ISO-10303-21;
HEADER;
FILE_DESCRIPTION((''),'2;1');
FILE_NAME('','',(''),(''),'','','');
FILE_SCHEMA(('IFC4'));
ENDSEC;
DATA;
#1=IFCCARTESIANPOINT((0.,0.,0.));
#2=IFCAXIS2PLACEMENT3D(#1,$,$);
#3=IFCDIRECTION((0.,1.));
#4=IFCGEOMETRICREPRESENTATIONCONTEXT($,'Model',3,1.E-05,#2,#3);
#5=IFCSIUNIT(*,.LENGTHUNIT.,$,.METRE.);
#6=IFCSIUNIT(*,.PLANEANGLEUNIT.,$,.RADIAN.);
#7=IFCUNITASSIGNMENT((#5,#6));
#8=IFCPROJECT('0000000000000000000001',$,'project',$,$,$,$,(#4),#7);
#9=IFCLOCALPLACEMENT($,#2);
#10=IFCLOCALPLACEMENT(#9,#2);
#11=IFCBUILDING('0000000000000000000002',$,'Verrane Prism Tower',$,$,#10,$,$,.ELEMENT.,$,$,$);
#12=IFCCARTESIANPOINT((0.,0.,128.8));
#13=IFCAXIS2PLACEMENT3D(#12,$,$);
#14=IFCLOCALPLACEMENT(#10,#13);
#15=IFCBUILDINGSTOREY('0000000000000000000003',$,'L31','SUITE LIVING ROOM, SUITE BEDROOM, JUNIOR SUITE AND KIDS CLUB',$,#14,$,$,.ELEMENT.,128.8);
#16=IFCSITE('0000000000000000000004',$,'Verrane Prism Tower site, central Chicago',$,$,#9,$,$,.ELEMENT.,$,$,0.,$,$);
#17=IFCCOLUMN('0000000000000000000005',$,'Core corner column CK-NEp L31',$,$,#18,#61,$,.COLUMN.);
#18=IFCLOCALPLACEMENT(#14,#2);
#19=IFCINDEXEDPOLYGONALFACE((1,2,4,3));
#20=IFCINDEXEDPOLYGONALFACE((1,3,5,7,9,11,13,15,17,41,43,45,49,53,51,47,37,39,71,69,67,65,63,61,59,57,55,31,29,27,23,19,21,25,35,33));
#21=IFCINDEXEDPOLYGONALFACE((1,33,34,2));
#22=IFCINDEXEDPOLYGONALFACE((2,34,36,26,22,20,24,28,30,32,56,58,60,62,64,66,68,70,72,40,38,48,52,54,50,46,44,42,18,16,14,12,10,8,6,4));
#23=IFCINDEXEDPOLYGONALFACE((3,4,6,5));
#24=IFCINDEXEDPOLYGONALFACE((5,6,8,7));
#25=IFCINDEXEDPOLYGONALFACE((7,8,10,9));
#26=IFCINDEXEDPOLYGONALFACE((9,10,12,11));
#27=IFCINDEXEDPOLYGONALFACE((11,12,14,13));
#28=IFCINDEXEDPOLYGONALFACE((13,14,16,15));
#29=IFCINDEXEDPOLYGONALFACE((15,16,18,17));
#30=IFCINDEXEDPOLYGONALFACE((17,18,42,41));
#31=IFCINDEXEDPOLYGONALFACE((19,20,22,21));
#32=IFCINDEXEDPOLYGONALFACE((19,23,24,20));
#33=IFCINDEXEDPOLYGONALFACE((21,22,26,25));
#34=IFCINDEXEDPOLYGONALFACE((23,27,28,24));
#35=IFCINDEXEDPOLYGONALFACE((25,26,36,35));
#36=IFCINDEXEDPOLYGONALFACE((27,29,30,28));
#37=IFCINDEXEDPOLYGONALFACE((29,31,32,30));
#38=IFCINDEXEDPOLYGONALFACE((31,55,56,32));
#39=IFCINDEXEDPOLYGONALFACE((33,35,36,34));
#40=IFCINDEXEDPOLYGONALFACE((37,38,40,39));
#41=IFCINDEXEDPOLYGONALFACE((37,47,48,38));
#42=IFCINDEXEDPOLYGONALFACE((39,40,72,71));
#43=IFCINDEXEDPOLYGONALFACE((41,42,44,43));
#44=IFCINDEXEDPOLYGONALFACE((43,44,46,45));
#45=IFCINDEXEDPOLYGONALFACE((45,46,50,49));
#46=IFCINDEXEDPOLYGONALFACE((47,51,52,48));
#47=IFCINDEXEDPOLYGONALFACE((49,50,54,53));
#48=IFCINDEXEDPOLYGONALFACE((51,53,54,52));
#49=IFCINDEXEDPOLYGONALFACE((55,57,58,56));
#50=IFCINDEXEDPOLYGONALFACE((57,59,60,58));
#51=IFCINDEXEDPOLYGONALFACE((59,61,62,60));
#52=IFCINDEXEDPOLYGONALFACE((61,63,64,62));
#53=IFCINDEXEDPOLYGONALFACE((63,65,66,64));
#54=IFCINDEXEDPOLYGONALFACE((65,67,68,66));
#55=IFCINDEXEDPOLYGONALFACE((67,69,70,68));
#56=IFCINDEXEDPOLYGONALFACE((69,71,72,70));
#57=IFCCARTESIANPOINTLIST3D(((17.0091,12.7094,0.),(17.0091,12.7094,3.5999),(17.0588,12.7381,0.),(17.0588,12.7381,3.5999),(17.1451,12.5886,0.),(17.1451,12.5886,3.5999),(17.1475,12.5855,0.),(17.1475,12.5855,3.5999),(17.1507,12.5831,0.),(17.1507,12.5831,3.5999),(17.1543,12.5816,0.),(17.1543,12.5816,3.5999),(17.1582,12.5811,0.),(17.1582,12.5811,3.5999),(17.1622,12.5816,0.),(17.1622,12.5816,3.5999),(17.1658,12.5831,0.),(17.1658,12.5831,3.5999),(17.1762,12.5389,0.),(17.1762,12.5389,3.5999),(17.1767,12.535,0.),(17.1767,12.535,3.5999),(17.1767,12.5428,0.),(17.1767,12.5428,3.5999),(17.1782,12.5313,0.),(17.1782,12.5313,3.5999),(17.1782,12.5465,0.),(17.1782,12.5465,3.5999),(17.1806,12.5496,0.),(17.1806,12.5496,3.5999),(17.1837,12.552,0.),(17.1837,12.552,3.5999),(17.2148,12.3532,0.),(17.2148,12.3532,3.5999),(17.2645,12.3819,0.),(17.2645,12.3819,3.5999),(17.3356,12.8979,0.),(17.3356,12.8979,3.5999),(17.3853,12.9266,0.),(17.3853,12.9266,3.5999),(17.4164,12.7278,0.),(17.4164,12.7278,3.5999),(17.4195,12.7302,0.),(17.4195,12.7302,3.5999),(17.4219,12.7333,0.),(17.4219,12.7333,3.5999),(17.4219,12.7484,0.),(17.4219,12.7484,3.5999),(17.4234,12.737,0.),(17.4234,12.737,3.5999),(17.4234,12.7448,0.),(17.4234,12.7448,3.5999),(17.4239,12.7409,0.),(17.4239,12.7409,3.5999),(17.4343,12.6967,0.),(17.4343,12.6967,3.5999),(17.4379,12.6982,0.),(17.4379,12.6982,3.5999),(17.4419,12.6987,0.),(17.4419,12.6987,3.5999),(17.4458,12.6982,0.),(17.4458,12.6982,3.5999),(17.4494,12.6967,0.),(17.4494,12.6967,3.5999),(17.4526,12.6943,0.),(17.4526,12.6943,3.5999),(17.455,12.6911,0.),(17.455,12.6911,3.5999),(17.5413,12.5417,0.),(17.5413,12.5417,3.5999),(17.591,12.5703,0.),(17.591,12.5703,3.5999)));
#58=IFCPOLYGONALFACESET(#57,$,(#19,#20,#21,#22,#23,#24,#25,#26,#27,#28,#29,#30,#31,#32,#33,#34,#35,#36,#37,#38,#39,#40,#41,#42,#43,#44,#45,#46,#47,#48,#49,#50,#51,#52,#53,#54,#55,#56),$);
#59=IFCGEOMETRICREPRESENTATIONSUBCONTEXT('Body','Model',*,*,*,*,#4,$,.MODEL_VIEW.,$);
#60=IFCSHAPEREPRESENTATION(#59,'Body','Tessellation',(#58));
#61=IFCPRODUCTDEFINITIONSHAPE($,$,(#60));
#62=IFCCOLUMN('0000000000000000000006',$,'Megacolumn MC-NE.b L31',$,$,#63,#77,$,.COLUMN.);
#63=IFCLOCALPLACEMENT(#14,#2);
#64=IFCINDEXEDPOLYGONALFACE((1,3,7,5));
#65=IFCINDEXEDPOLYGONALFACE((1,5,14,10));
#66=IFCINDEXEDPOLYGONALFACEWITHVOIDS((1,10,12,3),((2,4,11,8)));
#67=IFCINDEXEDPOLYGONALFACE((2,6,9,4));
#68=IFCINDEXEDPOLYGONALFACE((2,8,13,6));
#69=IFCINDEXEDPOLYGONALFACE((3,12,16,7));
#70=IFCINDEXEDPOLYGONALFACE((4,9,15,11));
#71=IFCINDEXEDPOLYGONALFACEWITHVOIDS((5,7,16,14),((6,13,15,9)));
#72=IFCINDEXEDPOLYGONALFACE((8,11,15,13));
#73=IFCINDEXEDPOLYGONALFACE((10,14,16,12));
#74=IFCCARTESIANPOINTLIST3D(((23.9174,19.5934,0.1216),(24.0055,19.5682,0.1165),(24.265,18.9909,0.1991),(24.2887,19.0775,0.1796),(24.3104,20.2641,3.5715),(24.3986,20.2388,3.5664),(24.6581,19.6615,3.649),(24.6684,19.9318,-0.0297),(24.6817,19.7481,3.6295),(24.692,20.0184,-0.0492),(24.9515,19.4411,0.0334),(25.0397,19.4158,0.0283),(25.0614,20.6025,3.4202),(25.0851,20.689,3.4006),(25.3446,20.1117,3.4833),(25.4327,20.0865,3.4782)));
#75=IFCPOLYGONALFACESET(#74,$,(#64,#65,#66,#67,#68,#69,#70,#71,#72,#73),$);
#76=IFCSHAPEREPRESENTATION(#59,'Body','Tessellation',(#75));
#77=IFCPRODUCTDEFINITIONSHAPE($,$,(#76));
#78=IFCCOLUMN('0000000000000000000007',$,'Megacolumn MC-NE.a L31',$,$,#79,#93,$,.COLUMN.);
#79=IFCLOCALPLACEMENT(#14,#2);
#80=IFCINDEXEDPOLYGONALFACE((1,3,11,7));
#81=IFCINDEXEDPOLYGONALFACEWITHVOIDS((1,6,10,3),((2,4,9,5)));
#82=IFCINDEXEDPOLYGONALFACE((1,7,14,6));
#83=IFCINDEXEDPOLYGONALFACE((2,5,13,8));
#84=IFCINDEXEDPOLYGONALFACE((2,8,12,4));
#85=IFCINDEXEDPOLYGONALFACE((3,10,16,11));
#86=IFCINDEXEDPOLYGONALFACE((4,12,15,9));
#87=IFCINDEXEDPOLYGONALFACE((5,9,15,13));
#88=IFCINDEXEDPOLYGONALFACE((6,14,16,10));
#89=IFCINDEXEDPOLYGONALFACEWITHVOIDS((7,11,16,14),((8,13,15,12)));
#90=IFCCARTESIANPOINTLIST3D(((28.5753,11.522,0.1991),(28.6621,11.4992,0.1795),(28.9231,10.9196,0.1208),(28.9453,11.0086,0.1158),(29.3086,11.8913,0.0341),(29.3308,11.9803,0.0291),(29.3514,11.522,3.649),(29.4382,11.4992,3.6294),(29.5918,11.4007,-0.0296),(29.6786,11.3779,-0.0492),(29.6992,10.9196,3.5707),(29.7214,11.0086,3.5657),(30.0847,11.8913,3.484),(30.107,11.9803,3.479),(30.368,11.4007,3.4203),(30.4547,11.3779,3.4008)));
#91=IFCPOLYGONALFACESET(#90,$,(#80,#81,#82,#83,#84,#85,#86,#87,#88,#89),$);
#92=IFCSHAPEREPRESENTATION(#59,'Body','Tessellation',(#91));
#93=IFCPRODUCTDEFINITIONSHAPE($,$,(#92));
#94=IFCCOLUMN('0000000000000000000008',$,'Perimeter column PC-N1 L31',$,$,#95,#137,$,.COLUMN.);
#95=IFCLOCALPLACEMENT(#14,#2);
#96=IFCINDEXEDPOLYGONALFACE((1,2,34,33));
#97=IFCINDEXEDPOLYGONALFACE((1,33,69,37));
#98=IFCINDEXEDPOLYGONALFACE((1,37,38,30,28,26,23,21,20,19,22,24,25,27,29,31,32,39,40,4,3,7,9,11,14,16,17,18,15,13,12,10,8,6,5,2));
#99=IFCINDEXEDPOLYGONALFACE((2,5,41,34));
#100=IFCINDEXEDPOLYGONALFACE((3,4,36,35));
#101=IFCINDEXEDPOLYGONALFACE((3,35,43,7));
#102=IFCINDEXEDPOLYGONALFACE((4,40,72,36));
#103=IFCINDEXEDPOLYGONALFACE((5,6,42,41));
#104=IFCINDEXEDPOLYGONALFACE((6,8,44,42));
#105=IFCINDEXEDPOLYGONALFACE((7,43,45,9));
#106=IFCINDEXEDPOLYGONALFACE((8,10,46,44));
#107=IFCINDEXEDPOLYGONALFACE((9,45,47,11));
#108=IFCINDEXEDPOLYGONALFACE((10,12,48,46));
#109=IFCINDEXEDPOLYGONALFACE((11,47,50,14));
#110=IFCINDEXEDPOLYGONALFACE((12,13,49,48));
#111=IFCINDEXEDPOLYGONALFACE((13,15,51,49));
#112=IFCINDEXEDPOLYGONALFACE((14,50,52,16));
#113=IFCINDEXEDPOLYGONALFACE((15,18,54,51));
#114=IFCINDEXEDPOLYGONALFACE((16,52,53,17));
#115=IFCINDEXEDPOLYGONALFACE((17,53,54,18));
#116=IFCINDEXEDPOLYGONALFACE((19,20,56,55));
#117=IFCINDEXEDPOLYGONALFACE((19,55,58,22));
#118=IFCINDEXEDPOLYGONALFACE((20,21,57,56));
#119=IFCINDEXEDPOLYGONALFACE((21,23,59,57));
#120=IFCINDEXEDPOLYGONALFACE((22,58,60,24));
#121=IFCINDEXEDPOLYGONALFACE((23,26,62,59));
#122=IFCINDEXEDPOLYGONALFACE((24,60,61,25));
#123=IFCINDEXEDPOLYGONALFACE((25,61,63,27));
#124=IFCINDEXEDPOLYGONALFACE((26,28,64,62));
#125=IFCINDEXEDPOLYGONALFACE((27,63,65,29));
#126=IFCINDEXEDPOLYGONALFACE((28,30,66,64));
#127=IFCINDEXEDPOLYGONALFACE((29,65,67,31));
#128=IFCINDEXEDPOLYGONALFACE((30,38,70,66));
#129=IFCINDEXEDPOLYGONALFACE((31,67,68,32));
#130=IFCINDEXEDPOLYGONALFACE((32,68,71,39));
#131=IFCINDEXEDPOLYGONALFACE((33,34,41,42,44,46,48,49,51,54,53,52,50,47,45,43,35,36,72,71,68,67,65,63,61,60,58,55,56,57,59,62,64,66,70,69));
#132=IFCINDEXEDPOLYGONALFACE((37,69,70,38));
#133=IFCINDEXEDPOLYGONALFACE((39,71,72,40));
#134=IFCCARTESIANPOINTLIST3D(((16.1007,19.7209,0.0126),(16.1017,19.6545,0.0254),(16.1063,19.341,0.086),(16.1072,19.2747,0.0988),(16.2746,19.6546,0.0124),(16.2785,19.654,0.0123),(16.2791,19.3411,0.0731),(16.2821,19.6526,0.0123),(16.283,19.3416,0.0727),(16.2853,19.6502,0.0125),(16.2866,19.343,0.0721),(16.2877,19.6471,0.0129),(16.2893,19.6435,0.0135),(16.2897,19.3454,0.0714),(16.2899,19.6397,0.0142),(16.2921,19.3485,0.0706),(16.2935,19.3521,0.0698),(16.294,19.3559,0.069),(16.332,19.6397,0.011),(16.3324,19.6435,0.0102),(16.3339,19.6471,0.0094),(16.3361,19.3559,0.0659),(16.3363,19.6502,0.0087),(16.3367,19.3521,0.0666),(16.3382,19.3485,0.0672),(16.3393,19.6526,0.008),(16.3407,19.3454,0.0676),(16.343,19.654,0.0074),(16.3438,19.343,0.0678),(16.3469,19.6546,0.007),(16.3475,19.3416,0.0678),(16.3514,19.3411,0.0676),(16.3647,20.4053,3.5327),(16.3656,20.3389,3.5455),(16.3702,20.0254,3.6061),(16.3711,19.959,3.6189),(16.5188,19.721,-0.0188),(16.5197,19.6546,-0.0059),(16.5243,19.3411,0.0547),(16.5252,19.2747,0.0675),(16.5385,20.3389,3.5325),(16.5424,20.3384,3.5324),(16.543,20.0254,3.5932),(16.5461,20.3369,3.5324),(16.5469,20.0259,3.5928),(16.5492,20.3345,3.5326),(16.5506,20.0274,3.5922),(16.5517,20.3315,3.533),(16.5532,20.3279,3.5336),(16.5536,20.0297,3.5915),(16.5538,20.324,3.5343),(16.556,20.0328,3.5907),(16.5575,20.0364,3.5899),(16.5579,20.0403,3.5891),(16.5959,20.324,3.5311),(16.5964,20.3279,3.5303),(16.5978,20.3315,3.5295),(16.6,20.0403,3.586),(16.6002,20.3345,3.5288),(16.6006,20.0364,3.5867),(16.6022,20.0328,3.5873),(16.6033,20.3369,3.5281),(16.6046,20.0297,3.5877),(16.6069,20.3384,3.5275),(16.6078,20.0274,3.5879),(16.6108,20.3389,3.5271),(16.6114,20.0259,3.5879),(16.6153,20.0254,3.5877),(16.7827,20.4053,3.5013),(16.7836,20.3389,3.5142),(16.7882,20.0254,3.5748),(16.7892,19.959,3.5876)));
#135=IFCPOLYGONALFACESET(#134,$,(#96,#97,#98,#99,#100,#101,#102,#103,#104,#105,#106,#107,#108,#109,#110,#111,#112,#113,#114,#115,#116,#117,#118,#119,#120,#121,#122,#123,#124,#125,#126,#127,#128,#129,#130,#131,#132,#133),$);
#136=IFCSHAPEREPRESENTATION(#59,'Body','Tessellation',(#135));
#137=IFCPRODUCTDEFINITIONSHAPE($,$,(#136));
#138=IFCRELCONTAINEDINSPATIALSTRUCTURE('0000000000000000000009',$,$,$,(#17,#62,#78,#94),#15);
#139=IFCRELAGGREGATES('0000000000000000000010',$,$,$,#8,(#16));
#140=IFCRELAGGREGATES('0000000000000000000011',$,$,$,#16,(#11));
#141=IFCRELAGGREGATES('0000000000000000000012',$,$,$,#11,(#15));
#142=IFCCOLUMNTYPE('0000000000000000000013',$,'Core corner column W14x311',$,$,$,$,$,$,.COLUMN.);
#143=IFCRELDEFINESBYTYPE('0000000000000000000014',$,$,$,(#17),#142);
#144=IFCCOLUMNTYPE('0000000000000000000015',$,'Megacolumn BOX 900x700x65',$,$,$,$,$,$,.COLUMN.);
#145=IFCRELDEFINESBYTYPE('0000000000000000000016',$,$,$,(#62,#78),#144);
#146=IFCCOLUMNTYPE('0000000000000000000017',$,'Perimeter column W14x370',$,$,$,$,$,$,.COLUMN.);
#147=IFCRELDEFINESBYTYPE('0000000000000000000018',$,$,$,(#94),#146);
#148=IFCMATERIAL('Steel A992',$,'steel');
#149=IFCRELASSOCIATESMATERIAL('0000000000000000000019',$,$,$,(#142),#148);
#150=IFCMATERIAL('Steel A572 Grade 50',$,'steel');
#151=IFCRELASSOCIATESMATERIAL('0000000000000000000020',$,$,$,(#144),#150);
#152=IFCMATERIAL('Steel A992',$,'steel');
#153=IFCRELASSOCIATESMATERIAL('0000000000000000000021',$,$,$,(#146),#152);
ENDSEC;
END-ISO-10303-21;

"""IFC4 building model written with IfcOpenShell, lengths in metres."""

from ifc_helpers import new_model, si_unit, direction, frame, origin, origin_2d, place, context, subcontext, project, spatial, hollow_rectangle, i_section, extrude, material, material_profile, profile_set, type_object, element, save


model = new_model("IFC4")

# Units and contexts
model_context = context("Model", 3, precision=1e-05, world=origin(), true_north=direction((0.0, 1.0)))
body_context = subcontext(model_context, "Body", "Model", "MODEL_VIEW")
ifc_project = project(units=[si_unit("LENGTHUNIT", "METRE"), si_unit("PLANEANGLEUNIT", "RADIAN")], contexts=[model_context])

# Site, building, storey
site_placement = place(None, origin())
site = spatial("IfcSite", under=ifc_project, at=site_placement, Name="Verrane Prism Tower site, central Chicago", CompositionType="ELEMENT", RefElevation=0.0)
building_placement = place(site_placement, origin())
building = spatial("IfcBuilding", under=site, at=building_placement, Name="Verrane Prism Tower", CompositionType="ELEMENT")
storey_placement = place(building_placement, frame((0.0, 0.0, 128.8)))
storey = spatial("IfcBuildingStorey", under=building, at=storey_placement, Name="L31", Description="SUITE LIVING ROOM, SUITE BEDROOM, JUNIOR SUITE AND KIDS CLUB", CompositionType="ELEMENT", Elevation=128.8)

# Columns
ifc_material_1 = material(Name="Steel A992", Category="steel")
ifc_material_profile_1 = material_profile(ifc_material_1, i_section(OverallWidth=0.4114, OverallDepth=0.4343, WebThickness=0.0359, FlangeThickness=0.0574, FilletRadius=0.0151, at=origin_2d()), Name="W14x311")
ifc_profile_set_1 = profile_set([ifc_material_profile_1], Name="Steel A992")
column_type_1 = type_object("IfcColumnType", Name="Core corner column W14x311", PredefinedType="COLUMN", material=ifc_profile_set_1)
column_1_placement = place(storey_placement, frame((17.3, 12.6399, 0.0), z_axis=(0.0, 0.0, 1.0), x_axis=(0.5, -0.866025, 0.0)))
element("IfcColumn", 1, at=column_1_placement, inside=storey, type_object=column_type_1, Name="Core corner column CK-NEp L31", PredefinedType="COLUMN", context=body_context, shape_type="SweptSolid", body=[
    extrude(i_section(OverallWidth=0.4114, OverallDepth=0.4343, WebThickness=0.0359, FlangeThickness=0.0574, FilletRadius=0.0151, at=origin_2d()), origin(), (0.0, 0.0, 1.0), 3.5999),
])
ifc_material_2 = material(Name="Steel A572 Grade 50", Category="steel")
ifc_material_profile_2 = material_profile(ifc_material_2, hollow_rectangle(XDim=0.7, YDim=0.8999, WallThickness=0.0649, at=origin_2d()), Name="BOX 900x700x65")
ifc_profile_set_2 = profile_set([ifc_material_profile_2], Name="Steel A572 Grade 50")
column_type_2 = type_object("IfcColumnType", Name="Megacolumn BOX 900x700x65", PredefinedType="COLUMN", material=ifc_profile_set_2)
column_2_placement = place(storey_placement, frame((24.4785, 19.5046, 0.075), z_axis=(0.111147, 0.189641, 0.975542), x_axis=(0.496679, -0.860839, 0.110755)))
element("IfcColumn", 2, at=column_2_placement, inside=storey, type_object=column_type_2, Name="Megacolumn MC-NE.b L31", PredefinedType="COLUMN", context=body_context, shape_type="SweptSolid", body=[
    extrude(hollow_rectangle(XDim=0.7, YDim=0.8999, WallThickness=0.0649, at=origin_2d()), origin(), (0.0, 0.0, 1.0), 3.5364),
])
column_3_placement = place(storey_placement, frame((29.127, 11.45, 0.075), z_axis=(0.219481, 0.0, 0.975617), x_axis=(0.49687, -0.860596, -0.111779)))
element("IfcColumn", 3, at=column_3_placement, inside=storey, type_object=column_type_2, Name="Megacolumn MC-NE.a L31", PredefinedType="COLUMN", context=body_context, shape_type="SweptSolid", body=[
    extrude(hollow_rectangle(XDim=0.7, YDim=0.8999, WallThickness=0.0649, at=origin_2d()), origin(), (0.0, 0.0, 1.0), 3.5361),
])
ifc_material_3 = material(Name="Steel A992", Category="steel")
ifc_material_profile_3 = material_profile(ifc_material_3, i_section(OverallWidth=0.4192, OverallDepth=0.4546, WebThickness=0.0422, FlangeThickness=0.0676, FilletRadius=0.0151, at=origin_2d()), Name="W14x370")
ifc_profile_set_3 = profile_set([ifc_material_profile_3], Name="Steel A992")
column_type_3 = type_object("IfcColumnType", Name="Perimeter column W14x370", PredefinedType="COLUMN", material=ifc_profile_set_3)
column_4_placement = place(storey_placement, frame((16.313, 19.4978, 0.04), z_axis=(0.073399, 0.190322, 0.978974), x_axis=(0.9972, 0.000051, -0.074776)))
element("IfcColumn", 4, at=column_4_placement, inside=storey, type_object=column_type_3, Name="Perimeter column PC-N1 L31", PredefinedType="COLUMN", context=body_context, shape_type="SweptSolid", body=[
    extrude(i_section(OverallWidth=0.4192, OverallDepth=0.4546, WebThickness=0.0422, FlangeThickness=0.0676, FilletRadius=0.0151, at=origin_2d()), origin(), (0.0, 0.0, 1.0), 3.5957),
])

save(model, "model.ifc")
